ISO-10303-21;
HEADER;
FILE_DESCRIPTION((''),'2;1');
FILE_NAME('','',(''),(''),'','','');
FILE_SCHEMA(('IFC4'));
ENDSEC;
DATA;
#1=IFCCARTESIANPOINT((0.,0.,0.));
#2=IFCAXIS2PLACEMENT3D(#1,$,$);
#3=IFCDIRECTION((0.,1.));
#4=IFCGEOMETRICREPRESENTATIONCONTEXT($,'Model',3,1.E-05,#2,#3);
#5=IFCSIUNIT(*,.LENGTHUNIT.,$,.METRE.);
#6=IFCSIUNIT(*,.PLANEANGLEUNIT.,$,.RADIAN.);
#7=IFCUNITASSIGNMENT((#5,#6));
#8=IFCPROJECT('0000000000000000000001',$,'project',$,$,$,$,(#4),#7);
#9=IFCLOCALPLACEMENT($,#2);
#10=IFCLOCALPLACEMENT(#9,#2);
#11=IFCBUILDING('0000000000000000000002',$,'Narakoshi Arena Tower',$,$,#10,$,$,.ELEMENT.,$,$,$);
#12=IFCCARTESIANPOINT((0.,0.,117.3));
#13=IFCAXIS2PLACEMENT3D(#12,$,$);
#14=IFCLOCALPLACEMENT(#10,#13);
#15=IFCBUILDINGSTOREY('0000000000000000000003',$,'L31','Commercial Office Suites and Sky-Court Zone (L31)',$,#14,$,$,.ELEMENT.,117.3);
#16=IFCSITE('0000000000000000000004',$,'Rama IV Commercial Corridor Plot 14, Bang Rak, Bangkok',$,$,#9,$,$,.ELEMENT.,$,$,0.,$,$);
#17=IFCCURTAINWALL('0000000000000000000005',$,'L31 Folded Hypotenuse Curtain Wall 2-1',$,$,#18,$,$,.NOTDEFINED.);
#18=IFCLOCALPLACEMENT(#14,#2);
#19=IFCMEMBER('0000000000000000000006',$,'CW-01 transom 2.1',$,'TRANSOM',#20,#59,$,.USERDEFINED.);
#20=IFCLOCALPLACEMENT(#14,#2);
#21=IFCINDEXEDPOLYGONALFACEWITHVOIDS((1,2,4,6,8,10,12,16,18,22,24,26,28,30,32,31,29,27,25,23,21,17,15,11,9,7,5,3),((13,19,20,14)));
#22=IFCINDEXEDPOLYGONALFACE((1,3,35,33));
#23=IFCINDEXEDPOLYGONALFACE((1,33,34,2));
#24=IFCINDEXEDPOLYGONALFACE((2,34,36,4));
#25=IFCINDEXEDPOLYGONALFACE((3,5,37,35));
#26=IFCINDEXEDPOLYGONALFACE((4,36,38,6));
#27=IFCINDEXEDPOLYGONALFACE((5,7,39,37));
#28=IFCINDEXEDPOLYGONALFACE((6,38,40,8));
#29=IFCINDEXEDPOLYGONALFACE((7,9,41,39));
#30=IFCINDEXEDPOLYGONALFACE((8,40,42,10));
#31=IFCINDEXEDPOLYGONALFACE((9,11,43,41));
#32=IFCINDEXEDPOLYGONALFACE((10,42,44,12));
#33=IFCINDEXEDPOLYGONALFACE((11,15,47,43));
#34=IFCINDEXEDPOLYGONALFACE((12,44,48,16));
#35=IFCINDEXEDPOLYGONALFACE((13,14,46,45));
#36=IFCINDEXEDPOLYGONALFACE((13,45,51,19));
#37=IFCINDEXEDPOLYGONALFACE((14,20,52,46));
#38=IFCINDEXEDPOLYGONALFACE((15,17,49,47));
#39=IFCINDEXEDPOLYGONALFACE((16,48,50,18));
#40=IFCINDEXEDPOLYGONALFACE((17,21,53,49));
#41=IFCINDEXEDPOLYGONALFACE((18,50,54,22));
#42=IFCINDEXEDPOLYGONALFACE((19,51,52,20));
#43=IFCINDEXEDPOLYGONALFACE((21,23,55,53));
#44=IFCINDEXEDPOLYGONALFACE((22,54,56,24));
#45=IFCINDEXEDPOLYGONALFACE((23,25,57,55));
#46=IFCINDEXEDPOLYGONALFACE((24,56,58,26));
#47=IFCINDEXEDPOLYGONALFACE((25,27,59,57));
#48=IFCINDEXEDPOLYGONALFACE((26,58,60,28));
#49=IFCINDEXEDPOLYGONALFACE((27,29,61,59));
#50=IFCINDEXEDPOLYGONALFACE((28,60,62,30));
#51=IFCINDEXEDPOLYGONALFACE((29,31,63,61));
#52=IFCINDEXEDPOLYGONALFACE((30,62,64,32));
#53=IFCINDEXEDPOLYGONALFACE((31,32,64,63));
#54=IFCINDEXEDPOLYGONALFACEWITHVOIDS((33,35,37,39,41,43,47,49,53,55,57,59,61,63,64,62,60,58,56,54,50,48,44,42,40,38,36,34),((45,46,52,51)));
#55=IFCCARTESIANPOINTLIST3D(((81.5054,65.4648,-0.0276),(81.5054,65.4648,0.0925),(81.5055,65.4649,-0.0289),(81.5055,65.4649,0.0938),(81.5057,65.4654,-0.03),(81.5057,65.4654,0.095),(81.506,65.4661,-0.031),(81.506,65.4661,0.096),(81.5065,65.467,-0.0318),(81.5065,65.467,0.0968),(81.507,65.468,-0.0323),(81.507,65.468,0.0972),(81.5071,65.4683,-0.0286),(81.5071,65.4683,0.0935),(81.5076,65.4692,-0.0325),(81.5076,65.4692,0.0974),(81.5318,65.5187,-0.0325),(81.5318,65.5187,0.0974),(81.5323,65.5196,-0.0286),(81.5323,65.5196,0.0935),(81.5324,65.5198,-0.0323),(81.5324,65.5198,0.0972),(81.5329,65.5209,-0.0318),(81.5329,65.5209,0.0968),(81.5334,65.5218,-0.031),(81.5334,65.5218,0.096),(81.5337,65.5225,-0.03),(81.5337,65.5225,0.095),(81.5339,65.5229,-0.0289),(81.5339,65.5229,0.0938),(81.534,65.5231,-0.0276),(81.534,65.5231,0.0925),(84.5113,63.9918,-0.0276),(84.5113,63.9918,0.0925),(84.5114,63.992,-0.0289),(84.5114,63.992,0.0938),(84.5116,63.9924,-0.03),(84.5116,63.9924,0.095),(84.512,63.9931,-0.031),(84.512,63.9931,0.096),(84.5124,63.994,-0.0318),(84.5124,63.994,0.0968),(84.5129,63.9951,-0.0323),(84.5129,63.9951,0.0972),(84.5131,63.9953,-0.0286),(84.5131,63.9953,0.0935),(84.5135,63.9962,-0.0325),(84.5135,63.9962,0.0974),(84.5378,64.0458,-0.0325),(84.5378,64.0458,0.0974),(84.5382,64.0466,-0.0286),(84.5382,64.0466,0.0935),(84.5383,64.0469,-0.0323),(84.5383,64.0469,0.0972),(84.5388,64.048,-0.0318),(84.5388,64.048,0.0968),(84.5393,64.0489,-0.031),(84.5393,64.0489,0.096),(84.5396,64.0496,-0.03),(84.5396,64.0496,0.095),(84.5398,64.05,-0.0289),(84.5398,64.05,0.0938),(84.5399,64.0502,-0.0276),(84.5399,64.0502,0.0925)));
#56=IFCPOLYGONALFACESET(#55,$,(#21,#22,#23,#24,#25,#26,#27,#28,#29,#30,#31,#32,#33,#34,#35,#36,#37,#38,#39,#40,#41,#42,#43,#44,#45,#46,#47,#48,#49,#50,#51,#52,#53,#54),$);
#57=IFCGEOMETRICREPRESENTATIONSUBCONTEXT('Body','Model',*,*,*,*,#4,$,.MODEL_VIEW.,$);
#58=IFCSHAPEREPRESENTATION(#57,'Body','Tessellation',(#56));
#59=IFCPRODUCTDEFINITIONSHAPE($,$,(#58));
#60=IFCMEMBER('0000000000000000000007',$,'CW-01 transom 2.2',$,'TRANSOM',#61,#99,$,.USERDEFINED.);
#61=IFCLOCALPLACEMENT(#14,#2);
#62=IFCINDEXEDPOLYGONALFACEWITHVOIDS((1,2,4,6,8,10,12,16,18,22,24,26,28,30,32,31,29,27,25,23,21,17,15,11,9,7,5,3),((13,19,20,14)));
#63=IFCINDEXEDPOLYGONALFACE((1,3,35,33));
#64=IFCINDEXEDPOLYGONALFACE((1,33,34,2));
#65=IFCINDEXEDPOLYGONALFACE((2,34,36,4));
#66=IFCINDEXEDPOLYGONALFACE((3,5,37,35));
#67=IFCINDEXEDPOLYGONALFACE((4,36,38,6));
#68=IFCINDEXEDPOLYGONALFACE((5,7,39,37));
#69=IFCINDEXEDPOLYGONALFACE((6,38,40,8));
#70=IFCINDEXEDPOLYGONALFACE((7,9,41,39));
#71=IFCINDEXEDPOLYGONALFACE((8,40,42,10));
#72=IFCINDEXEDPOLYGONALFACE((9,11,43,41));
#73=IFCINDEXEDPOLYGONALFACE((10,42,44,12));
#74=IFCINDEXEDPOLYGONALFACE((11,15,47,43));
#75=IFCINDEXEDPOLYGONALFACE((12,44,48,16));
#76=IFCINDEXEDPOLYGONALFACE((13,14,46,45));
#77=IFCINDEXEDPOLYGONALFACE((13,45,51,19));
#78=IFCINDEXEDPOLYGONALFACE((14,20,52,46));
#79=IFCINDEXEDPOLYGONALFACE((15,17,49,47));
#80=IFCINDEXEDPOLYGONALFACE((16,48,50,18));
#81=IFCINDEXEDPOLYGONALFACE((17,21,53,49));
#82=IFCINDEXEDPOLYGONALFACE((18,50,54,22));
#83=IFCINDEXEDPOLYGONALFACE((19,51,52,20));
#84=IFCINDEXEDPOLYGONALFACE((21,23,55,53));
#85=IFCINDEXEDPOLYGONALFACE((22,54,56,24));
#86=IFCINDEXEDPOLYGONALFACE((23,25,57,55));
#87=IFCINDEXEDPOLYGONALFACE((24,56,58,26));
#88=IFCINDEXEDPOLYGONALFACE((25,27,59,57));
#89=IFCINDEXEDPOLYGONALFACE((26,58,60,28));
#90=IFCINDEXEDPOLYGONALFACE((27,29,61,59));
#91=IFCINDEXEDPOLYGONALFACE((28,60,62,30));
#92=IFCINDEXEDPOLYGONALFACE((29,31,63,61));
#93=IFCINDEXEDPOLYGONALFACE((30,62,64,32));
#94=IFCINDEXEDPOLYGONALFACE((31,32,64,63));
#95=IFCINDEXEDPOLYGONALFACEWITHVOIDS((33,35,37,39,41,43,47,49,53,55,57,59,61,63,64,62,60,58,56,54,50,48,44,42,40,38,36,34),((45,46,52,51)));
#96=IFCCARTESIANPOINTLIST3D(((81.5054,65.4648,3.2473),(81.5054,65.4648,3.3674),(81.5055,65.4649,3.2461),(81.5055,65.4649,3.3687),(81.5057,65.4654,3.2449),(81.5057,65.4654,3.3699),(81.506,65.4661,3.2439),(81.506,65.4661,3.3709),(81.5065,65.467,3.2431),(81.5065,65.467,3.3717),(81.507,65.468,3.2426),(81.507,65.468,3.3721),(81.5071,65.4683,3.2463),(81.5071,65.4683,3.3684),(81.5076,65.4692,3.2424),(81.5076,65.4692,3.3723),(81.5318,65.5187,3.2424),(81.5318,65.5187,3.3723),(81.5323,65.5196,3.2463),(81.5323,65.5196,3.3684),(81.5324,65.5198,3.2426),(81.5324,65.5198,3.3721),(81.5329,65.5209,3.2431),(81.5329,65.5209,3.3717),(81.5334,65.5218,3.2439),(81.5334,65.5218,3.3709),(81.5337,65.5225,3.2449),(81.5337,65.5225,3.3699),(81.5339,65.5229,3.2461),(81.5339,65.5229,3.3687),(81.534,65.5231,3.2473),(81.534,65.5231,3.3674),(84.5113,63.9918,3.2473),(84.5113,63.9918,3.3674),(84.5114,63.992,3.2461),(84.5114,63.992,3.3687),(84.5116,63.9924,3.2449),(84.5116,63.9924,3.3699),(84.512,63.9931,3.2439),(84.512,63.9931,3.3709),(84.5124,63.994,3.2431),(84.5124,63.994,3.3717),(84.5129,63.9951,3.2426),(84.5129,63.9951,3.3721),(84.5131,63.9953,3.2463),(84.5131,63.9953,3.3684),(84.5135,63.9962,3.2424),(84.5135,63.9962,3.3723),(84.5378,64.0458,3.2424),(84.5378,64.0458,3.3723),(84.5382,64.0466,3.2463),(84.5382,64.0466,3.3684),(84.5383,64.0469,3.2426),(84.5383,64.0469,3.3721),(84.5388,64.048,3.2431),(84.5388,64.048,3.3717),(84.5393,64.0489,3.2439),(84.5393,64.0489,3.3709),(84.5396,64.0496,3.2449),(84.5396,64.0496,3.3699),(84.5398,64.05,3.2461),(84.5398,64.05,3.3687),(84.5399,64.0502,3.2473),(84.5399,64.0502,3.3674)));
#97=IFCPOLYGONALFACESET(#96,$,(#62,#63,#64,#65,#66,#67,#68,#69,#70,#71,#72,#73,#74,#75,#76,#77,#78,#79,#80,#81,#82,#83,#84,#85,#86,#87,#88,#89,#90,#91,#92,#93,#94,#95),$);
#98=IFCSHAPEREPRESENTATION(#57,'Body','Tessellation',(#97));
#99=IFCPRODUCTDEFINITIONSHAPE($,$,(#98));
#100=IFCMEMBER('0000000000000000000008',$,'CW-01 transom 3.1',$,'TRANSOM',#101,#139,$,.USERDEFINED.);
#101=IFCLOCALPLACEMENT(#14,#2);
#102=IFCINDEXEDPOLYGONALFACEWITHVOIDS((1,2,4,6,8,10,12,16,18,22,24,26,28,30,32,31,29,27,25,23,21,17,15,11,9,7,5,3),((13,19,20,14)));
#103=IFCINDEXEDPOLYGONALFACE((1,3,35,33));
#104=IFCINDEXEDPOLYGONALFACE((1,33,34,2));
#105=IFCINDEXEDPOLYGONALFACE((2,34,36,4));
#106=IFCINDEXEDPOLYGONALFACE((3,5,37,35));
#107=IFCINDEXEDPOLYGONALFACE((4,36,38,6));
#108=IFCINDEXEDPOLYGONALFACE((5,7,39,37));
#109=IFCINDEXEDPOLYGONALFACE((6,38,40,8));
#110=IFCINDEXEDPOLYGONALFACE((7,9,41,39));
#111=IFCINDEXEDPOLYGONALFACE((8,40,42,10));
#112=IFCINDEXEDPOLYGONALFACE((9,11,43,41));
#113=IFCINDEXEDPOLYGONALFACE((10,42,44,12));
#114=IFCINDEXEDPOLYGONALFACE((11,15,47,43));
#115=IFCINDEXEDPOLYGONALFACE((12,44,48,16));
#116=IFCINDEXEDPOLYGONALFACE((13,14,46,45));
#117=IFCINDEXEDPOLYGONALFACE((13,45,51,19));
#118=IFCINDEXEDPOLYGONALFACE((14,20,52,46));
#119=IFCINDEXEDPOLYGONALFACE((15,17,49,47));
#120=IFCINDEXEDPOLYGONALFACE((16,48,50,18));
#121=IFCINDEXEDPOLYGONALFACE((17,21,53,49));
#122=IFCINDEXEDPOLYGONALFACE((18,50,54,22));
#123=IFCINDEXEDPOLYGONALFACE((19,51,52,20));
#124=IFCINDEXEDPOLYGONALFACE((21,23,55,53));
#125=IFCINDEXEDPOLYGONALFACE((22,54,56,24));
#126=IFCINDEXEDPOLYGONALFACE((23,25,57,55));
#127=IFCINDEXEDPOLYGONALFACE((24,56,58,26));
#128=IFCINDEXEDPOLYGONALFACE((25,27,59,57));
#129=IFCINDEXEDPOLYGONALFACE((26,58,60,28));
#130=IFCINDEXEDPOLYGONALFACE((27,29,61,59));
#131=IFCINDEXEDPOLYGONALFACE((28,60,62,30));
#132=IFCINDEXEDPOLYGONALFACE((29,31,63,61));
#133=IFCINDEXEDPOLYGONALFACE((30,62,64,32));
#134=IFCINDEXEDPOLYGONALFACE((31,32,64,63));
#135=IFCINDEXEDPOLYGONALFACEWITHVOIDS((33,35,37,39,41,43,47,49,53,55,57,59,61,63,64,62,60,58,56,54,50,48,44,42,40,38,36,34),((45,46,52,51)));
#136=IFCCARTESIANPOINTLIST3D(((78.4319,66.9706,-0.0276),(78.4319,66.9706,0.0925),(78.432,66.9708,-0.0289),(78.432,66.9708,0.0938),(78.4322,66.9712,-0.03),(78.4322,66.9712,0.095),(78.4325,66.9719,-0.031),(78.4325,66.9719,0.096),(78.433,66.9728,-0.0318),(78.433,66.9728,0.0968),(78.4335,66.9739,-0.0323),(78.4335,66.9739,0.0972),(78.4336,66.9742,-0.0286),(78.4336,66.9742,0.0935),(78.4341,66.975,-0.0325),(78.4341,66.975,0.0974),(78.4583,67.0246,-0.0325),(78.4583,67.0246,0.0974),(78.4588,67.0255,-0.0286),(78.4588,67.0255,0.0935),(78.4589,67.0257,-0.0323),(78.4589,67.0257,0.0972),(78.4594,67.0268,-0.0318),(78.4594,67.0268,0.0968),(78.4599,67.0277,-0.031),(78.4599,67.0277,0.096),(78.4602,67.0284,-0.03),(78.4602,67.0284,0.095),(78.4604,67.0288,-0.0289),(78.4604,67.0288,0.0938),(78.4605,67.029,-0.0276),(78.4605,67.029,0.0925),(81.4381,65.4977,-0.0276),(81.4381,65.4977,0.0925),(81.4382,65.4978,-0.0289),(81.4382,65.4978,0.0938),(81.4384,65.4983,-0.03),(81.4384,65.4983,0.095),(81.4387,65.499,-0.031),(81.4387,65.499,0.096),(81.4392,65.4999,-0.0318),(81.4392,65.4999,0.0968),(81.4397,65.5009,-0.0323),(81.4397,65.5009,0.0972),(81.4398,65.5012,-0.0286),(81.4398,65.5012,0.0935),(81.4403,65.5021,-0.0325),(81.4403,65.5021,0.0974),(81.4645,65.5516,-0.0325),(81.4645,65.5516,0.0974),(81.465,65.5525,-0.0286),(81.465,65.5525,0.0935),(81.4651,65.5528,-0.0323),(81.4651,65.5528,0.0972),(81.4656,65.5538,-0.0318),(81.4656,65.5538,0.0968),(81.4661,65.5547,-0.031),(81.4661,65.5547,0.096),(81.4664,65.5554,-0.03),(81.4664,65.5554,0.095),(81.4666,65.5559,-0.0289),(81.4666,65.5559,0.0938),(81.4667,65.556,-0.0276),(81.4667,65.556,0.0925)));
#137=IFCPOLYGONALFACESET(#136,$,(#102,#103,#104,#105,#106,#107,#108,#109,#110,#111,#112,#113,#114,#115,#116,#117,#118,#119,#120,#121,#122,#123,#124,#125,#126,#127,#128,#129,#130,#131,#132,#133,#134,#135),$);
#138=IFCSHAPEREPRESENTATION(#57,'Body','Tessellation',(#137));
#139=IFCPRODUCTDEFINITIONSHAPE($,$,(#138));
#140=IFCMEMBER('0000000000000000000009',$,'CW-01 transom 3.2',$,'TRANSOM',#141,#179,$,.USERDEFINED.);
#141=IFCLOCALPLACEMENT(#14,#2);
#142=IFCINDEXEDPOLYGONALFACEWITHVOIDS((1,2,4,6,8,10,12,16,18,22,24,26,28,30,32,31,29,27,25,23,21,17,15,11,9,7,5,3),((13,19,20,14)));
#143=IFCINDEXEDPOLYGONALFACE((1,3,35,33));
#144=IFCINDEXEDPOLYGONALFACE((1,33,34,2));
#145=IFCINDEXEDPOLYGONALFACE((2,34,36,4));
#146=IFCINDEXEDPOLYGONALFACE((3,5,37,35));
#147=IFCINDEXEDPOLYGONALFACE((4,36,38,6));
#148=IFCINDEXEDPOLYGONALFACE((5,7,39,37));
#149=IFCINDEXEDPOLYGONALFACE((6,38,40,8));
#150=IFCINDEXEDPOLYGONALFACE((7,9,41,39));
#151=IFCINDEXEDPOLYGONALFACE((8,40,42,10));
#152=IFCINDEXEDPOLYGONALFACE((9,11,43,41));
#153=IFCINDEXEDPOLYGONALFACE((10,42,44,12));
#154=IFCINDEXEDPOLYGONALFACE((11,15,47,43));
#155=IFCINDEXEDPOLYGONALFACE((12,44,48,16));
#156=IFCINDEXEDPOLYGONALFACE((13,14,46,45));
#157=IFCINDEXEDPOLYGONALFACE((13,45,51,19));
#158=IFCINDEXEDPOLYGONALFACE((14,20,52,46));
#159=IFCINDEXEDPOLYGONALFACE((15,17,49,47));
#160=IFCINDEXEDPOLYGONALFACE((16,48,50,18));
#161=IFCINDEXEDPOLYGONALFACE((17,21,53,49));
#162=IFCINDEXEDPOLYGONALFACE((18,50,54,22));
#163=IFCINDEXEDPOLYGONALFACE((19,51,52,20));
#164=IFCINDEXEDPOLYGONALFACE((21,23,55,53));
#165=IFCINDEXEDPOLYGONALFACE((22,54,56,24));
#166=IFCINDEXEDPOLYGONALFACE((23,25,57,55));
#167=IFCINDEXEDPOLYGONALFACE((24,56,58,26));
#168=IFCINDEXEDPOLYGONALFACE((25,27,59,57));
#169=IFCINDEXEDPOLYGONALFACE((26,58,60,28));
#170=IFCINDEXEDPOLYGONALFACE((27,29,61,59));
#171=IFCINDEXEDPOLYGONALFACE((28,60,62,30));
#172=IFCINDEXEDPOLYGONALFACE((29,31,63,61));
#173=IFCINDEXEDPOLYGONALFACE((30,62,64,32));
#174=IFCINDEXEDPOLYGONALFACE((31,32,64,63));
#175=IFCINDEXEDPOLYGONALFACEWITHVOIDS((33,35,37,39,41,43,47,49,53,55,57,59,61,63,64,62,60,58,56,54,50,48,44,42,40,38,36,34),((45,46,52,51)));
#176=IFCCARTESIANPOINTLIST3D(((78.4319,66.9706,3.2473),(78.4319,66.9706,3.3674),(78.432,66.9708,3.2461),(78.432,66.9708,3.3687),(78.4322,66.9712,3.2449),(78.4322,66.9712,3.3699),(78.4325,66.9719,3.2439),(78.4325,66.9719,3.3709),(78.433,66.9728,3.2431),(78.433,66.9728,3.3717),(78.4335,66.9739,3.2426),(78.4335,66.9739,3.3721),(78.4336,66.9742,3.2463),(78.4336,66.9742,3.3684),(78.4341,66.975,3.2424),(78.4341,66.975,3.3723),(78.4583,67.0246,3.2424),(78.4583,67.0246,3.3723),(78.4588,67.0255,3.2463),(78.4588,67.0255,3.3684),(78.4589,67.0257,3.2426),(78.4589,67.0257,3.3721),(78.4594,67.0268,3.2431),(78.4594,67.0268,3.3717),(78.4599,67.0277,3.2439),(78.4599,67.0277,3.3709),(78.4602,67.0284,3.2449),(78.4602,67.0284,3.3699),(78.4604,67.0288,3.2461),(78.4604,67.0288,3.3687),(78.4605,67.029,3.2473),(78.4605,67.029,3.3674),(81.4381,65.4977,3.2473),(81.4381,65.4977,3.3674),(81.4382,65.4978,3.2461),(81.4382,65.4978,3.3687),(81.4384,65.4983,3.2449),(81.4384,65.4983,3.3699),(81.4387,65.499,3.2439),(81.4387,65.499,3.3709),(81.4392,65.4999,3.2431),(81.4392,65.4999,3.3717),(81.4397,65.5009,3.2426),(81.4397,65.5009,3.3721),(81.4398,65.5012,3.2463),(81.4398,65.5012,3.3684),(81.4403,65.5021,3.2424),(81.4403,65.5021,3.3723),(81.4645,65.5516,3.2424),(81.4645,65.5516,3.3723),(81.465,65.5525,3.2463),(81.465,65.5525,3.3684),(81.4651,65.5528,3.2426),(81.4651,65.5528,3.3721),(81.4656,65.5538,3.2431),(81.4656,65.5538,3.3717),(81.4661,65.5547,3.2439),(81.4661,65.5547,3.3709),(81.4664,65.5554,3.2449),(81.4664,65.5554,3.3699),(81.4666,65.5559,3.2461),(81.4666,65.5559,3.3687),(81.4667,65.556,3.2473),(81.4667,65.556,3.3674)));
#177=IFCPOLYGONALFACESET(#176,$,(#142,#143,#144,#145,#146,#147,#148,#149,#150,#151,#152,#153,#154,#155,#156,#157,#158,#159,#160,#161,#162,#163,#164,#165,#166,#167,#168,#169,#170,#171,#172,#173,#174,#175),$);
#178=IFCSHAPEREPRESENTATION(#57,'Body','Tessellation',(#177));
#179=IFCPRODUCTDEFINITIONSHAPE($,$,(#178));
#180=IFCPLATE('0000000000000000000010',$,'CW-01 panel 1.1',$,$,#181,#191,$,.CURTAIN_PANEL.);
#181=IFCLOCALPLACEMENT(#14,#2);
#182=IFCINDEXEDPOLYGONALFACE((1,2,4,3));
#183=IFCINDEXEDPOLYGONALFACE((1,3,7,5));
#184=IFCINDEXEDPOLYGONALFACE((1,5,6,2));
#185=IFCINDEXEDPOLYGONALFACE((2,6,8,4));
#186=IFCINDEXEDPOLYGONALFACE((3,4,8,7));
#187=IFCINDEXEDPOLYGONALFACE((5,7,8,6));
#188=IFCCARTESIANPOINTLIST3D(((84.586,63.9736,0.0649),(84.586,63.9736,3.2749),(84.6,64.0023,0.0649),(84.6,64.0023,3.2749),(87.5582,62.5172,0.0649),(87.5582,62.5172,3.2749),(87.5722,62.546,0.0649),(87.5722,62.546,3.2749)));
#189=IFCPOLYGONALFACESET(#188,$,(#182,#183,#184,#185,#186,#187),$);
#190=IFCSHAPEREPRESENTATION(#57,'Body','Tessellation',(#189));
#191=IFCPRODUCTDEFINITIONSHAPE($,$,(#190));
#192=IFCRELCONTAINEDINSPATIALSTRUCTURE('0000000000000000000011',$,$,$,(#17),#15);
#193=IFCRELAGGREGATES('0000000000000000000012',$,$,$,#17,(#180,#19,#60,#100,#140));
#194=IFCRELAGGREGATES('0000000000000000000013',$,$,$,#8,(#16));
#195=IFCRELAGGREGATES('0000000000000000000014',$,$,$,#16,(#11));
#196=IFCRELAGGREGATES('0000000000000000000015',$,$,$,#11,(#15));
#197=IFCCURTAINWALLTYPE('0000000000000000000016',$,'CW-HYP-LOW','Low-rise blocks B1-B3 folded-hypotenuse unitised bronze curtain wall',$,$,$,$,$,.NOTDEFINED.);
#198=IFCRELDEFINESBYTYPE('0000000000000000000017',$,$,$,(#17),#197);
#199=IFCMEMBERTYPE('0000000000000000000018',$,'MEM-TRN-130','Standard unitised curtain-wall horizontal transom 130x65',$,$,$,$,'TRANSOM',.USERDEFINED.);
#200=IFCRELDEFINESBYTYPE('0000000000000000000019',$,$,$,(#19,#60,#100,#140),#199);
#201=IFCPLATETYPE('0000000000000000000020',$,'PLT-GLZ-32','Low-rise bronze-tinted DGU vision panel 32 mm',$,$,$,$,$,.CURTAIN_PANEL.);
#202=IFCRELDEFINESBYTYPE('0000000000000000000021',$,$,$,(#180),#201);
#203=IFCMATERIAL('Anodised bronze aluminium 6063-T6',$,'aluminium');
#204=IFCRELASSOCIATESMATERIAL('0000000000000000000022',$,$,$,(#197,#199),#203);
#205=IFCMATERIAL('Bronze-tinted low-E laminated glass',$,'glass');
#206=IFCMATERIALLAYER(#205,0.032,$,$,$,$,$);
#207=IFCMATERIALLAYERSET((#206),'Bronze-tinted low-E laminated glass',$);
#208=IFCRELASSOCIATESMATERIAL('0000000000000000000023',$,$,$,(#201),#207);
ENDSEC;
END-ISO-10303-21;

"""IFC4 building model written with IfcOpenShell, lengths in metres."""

from ifc_helpers import new_model, si_unit, direction, frame, origin, origin_2d, place, context, subcontext, project, spatial, rectangle, hollow_rectangle, extrude, material, layer, layer_set, material_profile, profile_set, type_object, element, aggregate, save


model = new_model("IFC4")

# Units and contexts
model_context = context("Model", 3, precision=1e-05, world=origin(), true_north=direction((0.0, 1.0)))
body_context = subcontext(model_context, "Body", "Model", "MODEL_VIEW")
ifc_project = project(units=[si_unit("LENGTHUNIT", "METRE"), si_unit("PLANEANGLEUNIT", "RADIAN")], contexts=[model_context])

# Site, building, storey
site_placement = place(None, origin())
site = spatial("IfcSite", under=ifc_project, at=site_placement, Name="Rama IV Commercial Corridor Plot 14, Bang Rak, Bangkok", CompositionType="ELEMENT", RefElevation=0.0)
building_placement = place(site_placement, origin())
building = spatial("IfcBuilding", under=site, at=building_placement, Name="Narakoshi Arena Tower", CompositionType="ELEMENT")
storey_placement = place(building_placement, frame((0.0, 0.0, 117.3)))
storey = spatial("IfcBuildingStorey", under=building, at=storey_placement, Name="L31", Description="Commercial Office Suites and Sky-Court Zone (L31)", CompositionType="ELEMENT", Elevation=117.3)

# Curtain wall, members, plate
ifc_material_1 = material(Name="Anodised bronze aluminium 6063-T6", Category="aluminium")
curtain_wall_type = type_object("IfcCurtainWallType", Name="CW-HYP-LOW", Description="Low-rise blocks B1-B3 folded-hypotenuse unitised bronze curtain wall", PredefinedType="NOTDEFINED", material=ifc_material_1)
curtain_wall_placement = place(storey_placement, origin())
curtain_wall = element("IfcCurtainWall", 1, at=curtain_wall_placement, inside=storey, type_object=curtain_wall_type, Name="L31 Folded Hypotenuse Curtain Wall 2-1", PredefinedType="NOTDEFINED")
ifc_material_profile_1 = material_profile(ifc_material_1, hollow_rectangle(XDim=0.0649, YDim=0.1299, WallThickness=0.0039, OuterFilletRadius=0.0049, at=origin_2d()), Name="TRN130x65x4")
ifc_profile_set_1 = profile_set([ifc_material_profile_1], Name="Anodised bronze aluminium 6063-T6")
member_type_1 = type_object("IfcMemberType", Name="MEM-TRN-130", Description="Standard unitised curtain-wall horizontal transom 130x65", ElementType="TRANSOM", PredefinedType="USERDEFINED", material=ifc_profile_set_1)
member_1_placement = place(storey_placement, frame((84.5256, 64.021, 0.0325), z_axis=(-0.897987, 0.440022, 0.0), x_axis=(-0.440022, -0.897987, 0.0)))
member_1 = element("IfcMember", 2, at=member_1_placement, type_object=member_type_1, Name="CW-01 transom 2.1", ObjectType="TRANSOM", PredefinedType="USERDEFINED", context=body_context, shape_type="SweptSolid", body=[
    extrude(hollow_rectangle(XDim=0.0649, YDim=0.1299, WallThickness=0.0039, OuterFilletRadius=0.0049, at=origin_2d()), origin(), (0.0, 0.0, 1.0), 3.3474),
])
member_2_placement = place(storey_placement, frame((84.5256, 64.021, 3.3074), z_axis=(-0.897987, 0.440022, 0.0), x_axis=(-0.440022, -0.897987, 0.0)))
member_2 = element("IfcMember", 3, at=member_2_placement, type_object=member_type_1, Name="CW-01 transom 2.2", ObjectType="TRANSOM", PredefinedType="USERDEFINED", context=body_context, shape_type="SweptSolid", body=[
    extrude(hollow_rectangle(XDim=0.0649, YDim=0.1299, WallThickness=0.0039, OuterFilletRadius=0.0049, at=origin_2d()), origin(), (0.0, 0.0, 1.0), 3.3474),
])
member_3_placement = place(storey_placement, frame((81.4524, 65.5269, 0.0325), z_axis=(-0.898001, 0.439993, 0.0), x_axis=(-0.439993, -0.898001, 0.0)))
member_3 = element("IfcMember", 4, at=member_3_placement, type_object=member_type_1, Name="CW-01 transom 3.1", ObjectType="TRANSOM", PredefinedType="USERDEFINED", context=body_context, shape_type="SweptSolid", body=[
    extrude(hollow_rectangle(XDim=0.0649, YDim=0.1299, WallThickness=0.0039, OuterFilletRadius=0.0049, at=origin_2d()), origin(), (0.0, 0.0, 1.0), 3.3477),
])
member_4_placement = place(storey_placement, frame((81.4524, 65.5269, 3.3074), z_axis=(-0.898001, 0.439993, 0.0), x_axis=(-0.439993, -0.898001, 0.0)))
member_4 = element("IfcMember", 5, at=member_4_placement, type_object=member_type_1, Name="CW-01 transom 3.2", ObjectType="TRANSOM", PredefinedType="USERDEFINED", context=body_context, shape_type="SweptSolid", body=[
    extrude(hollow_rectangle(XDim=0.0649, YDim=0.1299, WallThickness=0.0039, OuterFilletRadius=0.0049, at=origin_2d()), origin(), (0.0, 0.0, 1.0), 3.3477),
])
ifc_material_2 = material(Name="Bronze-tinted low-E laminated glass", Category="glass")
ifc_layer_1 = layer(ifc_material_2, 0.032)
ifc_layer_set_1 = layer_set([ifc_layer_1], Name="Bronze-tinted low-E laminated glass")
plate_type = type_object("IfcPlateType", Name="PLT-GLZ-32", Description="Low-rise bronze-tinted DGU vision panel 32 mm", PredefinedType="CURTAIN_PANEL", material=ifc_layer_set_1)
plate_1_placement = place(storey_placement, frame((86.0791, 63.2598, 0.0649), z_axis=(0.0, 0.0, 1.0), x_axis=(-0.897996, 0.440005, 0.0)))
plate_1 = element("IfcPlate", 6, at=plate_1_placement, type_object=plate_type, Name="CW-01 panel 1.1", PredefinedType="CURTAIN_PANEL", context=body_context, shape_type="SweptSolid", body=[
    extrude(rectangle(XDim=3.3098, YDim=0.032, at=origin_2d()), origin(), (0.0, 0.0, 1.0), 3.21),
])
aggregate(curtain_wall, [plate_1, member_1, member_2, member_3, member_4])

save(model, "model.ifc")
